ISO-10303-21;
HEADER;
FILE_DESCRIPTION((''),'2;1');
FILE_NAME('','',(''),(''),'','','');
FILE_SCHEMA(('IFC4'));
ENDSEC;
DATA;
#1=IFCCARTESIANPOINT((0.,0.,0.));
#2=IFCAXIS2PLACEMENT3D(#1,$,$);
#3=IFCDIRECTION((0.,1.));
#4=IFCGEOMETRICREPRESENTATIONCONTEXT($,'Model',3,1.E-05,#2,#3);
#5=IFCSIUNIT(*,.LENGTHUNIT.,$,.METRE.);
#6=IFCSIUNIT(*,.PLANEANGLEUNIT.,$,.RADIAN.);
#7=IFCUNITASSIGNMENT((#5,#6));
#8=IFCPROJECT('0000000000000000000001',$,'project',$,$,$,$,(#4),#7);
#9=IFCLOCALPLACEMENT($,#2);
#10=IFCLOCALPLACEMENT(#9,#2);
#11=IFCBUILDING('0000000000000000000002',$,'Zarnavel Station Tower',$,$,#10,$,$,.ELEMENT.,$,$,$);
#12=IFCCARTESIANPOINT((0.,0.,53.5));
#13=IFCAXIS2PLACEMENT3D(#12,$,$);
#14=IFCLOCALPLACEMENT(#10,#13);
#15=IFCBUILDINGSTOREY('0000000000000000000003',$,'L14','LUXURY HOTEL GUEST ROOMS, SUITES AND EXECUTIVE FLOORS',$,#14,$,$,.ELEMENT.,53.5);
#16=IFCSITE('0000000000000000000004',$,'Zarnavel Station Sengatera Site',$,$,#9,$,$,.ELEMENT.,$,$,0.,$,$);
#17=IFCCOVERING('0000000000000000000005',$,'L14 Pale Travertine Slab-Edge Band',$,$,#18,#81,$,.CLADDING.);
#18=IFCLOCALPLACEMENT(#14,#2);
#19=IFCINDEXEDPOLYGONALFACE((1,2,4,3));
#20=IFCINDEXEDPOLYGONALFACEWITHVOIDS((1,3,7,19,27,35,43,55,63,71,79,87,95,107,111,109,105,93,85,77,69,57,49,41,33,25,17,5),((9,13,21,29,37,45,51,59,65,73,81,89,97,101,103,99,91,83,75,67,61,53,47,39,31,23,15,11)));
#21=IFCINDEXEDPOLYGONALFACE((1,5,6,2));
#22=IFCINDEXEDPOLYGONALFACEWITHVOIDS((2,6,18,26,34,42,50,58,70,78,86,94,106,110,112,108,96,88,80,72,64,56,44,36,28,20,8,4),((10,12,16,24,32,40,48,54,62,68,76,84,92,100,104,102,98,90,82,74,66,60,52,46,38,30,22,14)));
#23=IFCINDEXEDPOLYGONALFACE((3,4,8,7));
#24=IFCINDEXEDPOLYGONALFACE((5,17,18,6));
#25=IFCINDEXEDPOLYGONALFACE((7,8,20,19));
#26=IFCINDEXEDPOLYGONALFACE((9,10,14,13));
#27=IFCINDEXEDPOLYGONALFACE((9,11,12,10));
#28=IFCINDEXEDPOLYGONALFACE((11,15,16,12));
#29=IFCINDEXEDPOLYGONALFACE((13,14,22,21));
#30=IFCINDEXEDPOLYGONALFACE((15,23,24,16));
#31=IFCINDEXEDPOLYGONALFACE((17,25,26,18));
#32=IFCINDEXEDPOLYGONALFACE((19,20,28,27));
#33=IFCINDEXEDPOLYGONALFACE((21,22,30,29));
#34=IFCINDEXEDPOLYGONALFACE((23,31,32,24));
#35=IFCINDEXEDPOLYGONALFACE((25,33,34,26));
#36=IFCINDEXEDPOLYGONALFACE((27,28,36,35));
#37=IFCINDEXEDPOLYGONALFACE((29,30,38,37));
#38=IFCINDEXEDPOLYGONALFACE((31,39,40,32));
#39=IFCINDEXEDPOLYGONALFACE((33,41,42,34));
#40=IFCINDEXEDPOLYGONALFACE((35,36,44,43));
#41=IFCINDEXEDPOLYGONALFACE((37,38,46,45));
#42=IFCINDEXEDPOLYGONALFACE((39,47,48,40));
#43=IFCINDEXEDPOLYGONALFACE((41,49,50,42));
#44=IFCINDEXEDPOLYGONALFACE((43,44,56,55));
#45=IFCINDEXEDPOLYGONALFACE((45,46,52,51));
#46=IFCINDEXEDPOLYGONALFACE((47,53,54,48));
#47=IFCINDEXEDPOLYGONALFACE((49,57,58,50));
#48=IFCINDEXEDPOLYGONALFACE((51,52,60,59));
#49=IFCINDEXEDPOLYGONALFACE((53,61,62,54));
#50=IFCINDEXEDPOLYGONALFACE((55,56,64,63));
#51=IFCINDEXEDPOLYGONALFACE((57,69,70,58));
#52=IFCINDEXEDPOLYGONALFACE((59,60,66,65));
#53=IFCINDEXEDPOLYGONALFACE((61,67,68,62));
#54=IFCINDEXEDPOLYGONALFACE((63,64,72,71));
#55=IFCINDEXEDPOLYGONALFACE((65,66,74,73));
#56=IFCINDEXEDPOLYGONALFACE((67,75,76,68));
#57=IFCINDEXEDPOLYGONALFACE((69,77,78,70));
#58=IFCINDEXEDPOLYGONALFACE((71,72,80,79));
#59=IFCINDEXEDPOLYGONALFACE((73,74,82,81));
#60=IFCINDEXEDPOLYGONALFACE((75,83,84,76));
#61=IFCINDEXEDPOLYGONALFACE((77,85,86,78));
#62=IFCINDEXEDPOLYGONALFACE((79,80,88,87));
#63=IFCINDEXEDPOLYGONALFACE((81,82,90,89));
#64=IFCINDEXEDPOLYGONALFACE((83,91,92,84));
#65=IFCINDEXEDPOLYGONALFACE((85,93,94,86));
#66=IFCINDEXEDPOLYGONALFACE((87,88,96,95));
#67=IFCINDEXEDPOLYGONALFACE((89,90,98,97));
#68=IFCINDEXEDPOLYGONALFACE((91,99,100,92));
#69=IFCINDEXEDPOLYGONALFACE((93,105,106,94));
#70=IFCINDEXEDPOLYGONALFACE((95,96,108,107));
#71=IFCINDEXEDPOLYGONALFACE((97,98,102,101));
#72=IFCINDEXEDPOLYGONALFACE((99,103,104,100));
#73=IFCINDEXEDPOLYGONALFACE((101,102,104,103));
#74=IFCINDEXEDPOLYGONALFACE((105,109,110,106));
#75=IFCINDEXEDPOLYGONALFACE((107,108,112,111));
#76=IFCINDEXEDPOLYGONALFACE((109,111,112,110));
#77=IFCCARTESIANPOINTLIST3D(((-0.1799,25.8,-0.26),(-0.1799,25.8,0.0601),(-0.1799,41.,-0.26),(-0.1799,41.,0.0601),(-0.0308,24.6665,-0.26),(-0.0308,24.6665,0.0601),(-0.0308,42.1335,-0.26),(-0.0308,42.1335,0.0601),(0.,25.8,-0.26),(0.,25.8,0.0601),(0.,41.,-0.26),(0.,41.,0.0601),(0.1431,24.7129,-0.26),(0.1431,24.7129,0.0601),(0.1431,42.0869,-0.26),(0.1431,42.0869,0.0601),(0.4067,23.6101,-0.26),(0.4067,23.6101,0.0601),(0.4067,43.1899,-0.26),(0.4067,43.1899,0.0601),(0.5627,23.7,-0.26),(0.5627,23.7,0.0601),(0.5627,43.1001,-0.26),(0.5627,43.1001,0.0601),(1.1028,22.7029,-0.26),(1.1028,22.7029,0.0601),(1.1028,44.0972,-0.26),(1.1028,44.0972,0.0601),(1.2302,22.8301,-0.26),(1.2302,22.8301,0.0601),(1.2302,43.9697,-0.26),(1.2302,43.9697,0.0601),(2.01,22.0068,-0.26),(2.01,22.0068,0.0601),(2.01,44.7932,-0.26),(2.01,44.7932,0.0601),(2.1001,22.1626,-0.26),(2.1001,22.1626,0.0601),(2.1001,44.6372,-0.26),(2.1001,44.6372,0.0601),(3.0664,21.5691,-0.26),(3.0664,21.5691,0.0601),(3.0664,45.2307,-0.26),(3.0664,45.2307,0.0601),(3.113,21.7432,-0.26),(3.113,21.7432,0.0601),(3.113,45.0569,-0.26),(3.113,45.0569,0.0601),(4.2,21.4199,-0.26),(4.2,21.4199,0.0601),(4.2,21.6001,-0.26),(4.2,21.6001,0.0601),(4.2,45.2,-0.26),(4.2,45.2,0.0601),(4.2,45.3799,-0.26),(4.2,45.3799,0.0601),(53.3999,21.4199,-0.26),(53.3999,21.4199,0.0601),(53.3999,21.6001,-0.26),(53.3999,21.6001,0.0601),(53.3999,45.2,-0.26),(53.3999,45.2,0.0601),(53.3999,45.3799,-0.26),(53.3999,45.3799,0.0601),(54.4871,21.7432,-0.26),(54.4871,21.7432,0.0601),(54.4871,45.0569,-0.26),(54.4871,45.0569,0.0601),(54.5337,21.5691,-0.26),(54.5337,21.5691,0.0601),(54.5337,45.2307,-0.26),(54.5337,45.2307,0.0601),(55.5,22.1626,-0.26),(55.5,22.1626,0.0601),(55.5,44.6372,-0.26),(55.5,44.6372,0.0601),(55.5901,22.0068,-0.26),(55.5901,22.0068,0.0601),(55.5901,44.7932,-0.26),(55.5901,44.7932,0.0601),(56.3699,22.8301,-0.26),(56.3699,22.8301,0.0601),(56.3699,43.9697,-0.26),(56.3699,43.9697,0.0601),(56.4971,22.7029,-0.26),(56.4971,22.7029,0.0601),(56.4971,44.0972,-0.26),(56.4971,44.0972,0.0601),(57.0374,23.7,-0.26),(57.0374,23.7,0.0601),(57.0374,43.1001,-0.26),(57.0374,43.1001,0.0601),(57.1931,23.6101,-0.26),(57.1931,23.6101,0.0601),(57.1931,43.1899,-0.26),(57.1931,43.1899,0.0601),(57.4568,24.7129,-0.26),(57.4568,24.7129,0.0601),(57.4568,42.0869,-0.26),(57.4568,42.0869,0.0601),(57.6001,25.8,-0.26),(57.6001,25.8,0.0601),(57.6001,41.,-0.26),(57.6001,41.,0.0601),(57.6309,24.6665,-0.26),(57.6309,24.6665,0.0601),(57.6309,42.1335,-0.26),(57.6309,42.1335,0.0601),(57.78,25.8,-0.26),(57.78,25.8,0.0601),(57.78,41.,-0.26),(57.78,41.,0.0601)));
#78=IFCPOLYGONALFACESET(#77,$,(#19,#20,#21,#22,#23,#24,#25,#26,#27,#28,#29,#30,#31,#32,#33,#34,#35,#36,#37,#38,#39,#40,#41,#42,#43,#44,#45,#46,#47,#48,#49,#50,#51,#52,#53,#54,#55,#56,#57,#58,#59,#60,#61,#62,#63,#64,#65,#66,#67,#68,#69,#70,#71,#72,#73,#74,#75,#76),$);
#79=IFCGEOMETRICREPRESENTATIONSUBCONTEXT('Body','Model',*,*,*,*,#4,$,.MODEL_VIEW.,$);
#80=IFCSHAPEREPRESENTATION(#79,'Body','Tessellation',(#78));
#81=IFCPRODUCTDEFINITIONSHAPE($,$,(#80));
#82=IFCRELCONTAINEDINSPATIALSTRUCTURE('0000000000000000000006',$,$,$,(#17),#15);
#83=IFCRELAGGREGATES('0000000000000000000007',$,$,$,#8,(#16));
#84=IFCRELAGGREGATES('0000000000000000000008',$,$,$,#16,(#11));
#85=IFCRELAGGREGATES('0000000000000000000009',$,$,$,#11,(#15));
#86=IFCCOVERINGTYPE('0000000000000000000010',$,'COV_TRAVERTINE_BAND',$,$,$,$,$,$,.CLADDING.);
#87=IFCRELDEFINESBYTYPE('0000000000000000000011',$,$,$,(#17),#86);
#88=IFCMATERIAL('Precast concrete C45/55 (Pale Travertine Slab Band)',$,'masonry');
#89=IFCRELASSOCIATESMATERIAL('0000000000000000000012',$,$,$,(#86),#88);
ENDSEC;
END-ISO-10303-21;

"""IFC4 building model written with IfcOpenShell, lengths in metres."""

from ifc_helpers import new_model, si_unit, direction, frame, origin, place, context, subcontext, project, spatial, polyline, outline, extrude, material, type_object, element, save


model = new_model("IFC4")

# Units and contexts
model_context = context("Model", 3, precision=1e-05, world=origin(), true_north=direction((0.0, 1.0)))
body_context = subcontext(model_context, "Body", "Model", "MODEL_VIEW")
ifc_project = project(units=[si_unit("LENGTHUNIT", "METRE"), si_unit("PLANEANGLEUNIT", "RADIAN")], contexts=[model_context])

# Site, building, storey
site_placement = place(None, origin())
site = spatial("IfcSite", under=ifc_project, at=site_placement, Name="Zarnavel Station Sengatera Site", CompositionType="ELEMENT", RefElevation=0.0)
building_placement = place(site_placement, origin())
building = spatial("IfcBuilding", under=site, at=building_placement, Name="Zarnavel Station Tower", CompositionType="ELEMENT")
storey_placement = place(building_placement, frame((0.0, 0.0, 53.5)))
storey = spatial("IfcBuildingStorey", under=building, at=storey_placement, Name="L14", Description="LUXURY HOTEL GUEST ROOMS, SUITES AND EXECUTIVE FLOORS", CompositionType="ELEMENT", Elevation=53.5)

# Covering
ifc_material_1 = material(Name="Precast concrete C45/55 (Pale Travertine Slab Band)", Category="masonry")
covering_type_1 = type_object("IfcCoveringType", Name="COV_TRAVERTINE_BAND", PredefinedType="CLADDING", material=ifc_material_1)
covering_1_placement = place(storey_placement, frame((0.0, 0.0, -0.26)))
element("IfcCovering", 1, at=covering_1_placement, inside=storey, type_object=covering_type_1, Name="L14 Pale Travertine Slab-Edge Band", PredefinedType="CLADDING", context=body_context, shape_type="SweptSolid", body=[
    extrude(outline(polyline([(53.3999, 21.4199), (54.5337, 21.5691), (55.5901, 22.0068), (56.4971, 22.7029), (57.1931, 23.6101), (57.6309, 24.6665), (57.78, 25.8), (57.78, 41.0), (57.6309, 42.1335), (57.1931, 43.1899), (56.4971, 44.0972), (55.5901, 44.7932), (54.5337, 45.2307), (53.3999, 45.3799), (4.2, 45.3799), (3.0664, 45.2307), (2.01, 44.7932), (1.1028, 44.0972), (0.4067, 43.1899), (-0.0308, 42.1335), (-0.1799, 41.0), (-0.1799, 25.8), (-0.0308, 24.6665), (0.4067, 23.6101), (1.1028, 22.7029), (2.01, 22.0068), (3.0664, 21.5691), (4.2, 21.4199), (53.3999, 21.4199)]), holes=[polyline([(53.3999, 21.6001), (54.4871, 21.7432), (55.5, 22.1626), (56.3699, 22.8301), (57.0374, 23.7), (57.4568, 24.7129), (57.6001, 25.8), (57.6001, 41.0), (57.4568, 42.0869), (57.0374, 43.1001), (56.3699, 43.9697), (55.5, 44.6372), (54.4871, 45.0569), (53.3999, 45.2), (4.2, 45.2), (3.113, 45.0569), (2.1001, 44.6372), (1.2302, 43.9697), (0.5627, 43.1001), (0.1431, 42.0869), (0.0, 41.0), (0.0, 25.8), (0.1431, 24.7129), (0.5627, 23.7), (1.2302, 22.8301), (2.1001, 22.1626), (3.113, 21.7432), (4.2, 21.6001), (53.3999, 21.6001)])]), origin(), (0.0, 0.0, 1.0), 0.3201),
])

save(model, "model.ifc")
